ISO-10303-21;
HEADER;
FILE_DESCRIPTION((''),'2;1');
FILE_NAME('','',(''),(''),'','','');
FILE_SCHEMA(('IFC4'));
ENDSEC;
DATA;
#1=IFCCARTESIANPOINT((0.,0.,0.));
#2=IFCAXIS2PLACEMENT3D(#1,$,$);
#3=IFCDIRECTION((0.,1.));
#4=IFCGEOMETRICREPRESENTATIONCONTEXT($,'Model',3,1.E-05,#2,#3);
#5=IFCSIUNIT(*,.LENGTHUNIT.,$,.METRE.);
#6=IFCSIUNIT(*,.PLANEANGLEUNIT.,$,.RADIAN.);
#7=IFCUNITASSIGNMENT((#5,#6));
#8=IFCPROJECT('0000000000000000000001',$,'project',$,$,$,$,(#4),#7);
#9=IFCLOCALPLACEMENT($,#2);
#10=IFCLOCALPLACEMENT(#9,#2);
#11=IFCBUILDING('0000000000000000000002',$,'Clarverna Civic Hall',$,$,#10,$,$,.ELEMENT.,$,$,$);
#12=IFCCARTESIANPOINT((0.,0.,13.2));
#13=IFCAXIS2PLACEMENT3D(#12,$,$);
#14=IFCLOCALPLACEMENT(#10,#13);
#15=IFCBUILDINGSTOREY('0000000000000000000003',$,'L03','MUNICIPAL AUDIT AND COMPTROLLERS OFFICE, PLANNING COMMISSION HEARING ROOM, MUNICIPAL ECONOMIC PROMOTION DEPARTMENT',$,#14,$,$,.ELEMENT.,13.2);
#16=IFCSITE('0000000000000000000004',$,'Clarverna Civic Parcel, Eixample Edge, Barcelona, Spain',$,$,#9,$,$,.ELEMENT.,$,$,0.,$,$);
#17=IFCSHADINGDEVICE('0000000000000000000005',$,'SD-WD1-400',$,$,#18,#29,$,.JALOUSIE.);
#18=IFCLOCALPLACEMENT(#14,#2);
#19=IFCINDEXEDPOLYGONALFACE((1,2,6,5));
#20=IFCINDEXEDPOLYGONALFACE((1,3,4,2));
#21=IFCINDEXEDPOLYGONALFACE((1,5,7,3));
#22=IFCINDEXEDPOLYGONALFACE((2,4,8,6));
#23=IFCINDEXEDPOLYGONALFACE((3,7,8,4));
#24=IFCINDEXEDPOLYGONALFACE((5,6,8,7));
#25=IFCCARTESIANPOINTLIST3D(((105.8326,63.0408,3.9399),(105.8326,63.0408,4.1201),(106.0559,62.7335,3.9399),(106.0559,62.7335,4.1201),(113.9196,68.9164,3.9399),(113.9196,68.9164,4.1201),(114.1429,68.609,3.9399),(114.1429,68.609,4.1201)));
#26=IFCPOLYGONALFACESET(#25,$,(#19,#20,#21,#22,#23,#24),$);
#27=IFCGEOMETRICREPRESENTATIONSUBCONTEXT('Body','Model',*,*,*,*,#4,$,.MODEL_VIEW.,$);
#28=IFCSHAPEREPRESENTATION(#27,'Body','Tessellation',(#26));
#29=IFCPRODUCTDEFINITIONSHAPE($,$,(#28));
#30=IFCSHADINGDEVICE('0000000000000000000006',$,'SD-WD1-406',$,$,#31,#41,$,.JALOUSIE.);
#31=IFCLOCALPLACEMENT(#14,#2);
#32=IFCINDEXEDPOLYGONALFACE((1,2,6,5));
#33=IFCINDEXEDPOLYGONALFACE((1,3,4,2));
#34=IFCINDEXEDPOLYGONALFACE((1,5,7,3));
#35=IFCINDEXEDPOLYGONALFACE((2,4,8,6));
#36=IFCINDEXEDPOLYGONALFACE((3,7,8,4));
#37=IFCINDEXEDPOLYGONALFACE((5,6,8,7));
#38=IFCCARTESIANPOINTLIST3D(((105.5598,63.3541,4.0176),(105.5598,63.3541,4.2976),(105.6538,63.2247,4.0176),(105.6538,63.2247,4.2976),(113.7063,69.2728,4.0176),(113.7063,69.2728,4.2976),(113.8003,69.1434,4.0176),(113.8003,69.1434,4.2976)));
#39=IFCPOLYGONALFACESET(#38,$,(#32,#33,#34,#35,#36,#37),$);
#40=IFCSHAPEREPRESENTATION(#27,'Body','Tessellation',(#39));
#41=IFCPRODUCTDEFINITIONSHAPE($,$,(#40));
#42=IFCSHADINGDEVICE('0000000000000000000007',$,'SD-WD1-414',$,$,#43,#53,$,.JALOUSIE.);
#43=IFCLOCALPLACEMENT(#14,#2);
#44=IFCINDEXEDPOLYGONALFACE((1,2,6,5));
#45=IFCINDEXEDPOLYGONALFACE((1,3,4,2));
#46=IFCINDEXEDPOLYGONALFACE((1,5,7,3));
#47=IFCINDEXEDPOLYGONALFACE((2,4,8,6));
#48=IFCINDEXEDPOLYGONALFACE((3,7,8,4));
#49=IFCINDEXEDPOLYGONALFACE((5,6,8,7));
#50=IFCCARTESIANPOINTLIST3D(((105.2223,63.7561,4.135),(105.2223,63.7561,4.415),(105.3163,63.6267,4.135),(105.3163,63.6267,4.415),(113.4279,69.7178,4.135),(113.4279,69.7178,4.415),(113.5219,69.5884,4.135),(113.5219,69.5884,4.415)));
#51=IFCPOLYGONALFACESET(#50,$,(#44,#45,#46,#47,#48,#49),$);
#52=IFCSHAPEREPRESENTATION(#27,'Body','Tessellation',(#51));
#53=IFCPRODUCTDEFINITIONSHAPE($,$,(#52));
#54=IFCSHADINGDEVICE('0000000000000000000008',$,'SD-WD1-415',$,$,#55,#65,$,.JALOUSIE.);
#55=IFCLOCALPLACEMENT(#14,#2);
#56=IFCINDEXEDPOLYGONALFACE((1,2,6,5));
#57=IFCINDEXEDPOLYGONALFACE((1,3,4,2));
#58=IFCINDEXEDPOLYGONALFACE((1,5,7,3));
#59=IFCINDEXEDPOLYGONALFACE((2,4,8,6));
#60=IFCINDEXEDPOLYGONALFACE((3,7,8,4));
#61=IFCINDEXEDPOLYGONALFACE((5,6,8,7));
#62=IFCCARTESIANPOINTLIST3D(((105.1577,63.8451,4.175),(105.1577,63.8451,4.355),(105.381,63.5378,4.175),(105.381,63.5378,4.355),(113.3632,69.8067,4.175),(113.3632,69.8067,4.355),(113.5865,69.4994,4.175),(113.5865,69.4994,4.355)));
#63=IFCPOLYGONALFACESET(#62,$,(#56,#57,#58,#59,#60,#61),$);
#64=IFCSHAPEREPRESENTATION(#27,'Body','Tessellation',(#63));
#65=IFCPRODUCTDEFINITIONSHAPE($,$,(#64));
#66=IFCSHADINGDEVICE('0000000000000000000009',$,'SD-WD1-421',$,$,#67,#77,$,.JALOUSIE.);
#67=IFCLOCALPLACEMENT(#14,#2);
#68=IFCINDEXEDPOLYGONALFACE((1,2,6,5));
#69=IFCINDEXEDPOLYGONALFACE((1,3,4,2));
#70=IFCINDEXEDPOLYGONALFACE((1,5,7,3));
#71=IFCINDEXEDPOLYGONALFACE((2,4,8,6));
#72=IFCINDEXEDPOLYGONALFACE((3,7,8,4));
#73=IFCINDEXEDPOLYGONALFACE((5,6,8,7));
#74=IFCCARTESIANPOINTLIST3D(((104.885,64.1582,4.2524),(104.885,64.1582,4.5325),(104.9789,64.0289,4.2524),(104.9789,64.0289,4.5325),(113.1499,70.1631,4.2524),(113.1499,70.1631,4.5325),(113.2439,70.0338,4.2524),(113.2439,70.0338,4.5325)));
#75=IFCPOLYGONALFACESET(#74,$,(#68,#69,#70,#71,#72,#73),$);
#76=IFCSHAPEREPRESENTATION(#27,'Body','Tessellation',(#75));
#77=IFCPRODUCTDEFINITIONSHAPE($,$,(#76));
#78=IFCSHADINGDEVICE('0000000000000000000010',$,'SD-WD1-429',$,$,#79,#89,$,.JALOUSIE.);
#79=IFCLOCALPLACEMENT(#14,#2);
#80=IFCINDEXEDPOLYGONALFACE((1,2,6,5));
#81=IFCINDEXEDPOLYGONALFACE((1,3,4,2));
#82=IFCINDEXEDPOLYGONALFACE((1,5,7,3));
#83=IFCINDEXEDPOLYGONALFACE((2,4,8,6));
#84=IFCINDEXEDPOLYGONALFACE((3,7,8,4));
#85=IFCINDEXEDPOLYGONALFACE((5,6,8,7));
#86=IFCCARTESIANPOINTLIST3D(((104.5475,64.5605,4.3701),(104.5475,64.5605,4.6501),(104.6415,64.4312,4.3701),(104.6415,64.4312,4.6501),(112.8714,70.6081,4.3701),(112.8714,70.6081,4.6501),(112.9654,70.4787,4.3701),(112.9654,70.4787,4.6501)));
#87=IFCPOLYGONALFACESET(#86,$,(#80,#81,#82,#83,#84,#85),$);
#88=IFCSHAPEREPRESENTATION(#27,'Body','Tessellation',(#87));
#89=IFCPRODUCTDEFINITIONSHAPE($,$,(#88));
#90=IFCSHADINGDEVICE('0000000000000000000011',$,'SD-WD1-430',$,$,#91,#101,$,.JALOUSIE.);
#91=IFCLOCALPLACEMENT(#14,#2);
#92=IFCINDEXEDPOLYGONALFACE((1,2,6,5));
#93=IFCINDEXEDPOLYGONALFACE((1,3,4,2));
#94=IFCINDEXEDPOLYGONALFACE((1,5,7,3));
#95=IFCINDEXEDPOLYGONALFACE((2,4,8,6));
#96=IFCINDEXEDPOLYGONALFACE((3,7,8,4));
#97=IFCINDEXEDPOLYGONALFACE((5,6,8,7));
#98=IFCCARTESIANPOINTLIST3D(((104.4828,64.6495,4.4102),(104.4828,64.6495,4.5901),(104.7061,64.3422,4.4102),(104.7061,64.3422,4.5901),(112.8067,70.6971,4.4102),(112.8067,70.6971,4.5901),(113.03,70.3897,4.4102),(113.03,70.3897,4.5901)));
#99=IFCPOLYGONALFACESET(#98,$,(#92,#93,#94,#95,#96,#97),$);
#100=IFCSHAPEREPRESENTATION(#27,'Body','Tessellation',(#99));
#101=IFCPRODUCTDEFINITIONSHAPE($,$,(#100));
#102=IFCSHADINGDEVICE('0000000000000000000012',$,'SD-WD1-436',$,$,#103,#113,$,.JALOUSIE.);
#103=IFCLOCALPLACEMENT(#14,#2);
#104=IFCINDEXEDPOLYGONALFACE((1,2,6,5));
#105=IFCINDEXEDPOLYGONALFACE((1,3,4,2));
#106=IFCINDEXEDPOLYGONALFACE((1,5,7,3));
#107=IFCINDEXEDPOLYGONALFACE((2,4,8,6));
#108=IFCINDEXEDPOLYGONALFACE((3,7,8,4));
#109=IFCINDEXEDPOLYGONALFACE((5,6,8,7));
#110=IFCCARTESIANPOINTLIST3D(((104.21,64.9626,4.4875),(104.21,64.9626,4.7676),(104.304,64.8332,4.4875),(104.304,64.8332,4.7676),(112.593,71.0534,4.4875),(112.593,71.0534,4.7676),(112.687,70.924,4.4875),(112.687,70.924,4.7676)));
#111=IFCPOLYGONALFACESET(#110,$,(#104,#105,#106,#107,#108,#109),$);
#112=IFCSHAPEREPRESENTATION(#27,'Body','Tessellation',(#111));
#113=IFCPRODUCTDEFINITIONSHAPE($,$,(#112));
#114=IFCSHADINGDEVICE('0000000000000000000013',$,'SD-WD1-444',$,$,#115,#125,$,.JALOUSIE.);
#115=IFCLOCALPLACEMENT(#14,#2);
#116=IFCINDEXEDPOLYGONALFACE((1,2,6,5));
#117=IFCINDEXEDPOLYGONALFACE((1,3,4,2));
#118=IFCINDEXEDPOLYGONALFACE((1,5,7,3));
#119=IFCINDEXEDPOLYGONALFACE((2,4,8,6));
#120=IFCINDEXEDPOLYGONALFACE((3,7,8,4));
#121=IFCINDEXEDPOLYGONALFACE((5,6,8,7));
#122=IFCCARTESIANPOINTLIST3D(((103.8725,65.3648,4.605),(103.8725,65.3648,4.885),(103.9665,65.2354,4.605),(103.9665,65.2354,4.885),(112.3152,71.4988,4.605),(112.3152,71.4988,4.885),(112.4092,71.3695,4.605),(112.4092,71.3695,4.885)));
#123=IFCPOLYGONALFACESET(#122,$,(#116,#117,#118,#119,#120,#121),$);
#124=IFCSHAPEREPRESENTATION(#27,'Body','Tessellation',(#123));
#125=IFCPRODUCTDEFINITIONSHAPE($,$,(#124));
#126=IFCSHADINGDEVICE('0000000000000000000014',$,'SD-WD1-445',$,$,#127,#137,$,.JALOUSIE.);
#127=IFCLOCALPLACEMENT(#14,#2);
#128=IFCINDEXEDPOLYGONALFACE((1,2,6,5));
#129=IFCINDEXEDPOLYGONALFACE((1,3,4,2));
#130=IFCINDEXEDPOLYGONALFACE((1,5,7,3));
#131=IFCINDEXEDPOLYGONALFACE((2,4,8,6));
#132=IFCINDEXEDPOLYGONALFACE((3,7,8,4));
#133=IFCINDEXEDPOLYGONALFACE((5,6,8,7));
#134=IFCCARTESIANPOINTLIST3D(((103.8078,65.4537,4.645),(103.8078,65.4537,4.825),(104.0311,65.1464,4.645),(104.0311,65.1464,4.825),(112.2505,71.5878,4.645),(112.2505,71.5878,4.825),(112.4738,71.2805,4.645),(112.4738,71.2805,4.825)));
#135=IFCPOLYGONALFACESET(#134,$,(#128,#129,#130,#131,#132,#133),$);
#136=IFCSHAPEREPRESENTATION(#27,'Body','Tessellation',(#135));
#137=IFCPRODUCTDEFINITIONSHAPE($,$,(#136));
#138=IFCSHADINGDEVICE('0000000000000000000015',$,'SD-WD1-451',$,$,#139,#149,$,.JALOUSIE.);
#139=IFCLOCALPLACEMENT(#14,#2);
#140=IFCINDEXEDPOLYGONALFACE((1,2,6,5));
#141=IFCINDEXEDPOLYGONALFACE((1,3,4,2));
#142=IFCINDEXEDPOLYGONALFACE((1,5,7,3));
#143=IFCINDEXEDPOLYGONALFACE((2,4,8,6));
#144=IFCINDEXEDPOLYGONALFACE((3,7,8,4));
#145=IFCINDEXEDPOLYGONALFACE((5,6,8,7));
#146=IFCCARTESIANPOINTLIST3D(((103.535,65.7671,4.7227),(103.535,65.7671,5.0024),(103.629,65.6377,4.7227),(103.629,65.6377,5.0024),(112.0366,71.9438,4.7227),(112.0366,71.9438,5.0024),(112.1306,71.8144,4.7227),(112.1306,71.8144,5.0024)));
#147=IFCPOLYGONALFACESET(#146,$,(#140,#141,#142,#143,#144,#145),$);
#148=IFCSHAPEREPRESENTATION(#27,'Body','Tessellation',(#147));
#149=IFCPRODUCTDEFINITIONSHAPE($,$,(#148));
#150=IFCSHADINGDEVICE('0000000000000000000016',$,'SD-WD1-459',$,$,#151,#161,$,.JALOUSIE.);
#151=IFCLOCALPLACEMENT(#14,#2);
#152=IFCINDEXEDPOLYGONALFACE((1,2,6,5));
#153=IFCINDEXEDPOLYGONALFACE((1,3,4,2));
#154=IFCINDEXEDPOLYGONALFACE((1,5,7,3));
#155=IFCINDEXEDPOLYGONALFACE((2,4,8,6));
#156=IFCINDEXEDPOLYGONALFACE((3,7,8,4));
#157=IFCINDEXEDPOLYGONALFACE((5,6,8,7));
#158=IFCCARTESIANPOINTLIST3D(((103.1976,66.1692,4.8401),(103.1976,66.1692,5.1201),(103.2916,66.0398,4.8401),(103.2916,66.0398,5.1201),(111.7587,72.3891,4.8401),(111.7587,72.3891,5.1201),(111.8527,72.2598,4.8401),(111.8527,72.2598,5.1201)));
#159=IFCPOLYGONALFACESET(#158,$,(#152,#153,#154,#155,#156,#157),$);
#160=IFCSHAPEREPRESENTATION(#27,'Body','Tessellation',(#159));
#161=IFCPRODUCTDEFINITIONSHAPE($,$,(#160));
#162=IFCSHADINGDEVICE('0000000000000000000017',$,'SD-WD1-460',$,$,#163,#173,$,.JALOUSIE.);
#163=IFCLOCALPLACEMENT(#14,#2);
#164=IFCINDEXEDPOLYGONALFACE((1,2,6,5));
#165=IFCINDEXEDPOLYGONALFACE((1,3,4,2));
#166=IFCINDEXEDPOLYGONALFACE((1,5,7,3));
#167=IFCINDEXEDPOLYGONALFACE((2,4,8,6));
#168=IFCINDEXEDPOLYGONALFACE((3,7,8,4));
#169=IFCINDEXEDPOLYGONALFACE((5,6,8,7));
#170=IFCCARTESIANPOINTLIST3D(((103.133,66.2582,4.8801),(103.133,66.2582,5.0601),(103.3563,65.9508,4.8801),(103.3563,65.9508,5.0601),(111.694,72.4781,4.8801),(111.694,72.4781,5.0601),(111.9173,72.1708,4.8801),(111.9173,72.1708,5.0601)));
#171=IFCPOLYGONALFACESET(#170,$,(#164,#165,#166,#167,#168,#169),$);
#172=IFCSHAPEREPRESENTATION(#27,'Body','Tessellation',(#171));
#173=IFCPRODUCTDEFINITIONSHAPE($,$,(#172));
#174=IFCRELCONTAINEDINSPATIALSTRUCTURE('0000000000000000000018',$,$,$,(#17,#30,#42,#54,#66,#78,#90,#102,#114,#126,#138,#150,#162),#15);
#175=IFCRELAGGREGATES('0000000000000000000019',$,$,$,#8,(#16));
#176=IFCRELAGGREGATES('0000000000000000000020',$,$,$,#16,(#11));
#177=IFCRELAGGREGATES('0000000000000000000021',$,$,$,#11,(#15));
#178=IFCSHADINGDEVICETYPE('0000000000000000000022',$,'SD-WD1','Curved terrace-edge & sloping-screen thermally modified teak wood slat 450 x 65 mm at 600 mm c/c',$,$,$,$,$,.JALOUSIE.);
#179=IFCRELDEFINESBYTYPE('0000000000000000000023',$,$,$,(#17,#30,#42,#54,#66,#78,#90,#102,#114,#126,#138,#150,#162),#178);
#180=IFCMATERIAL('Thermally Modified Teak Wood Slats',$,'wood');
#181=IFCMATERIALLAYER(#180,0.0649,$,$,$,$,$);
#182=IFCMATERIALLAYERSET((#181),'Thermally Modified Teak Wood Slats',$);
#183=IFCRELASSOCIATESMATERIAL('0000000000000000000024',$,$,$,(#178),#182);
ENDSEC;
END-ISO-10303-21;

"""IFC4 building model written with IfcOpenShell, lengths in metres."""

from ifc_helpers import new_model, si_unit, direction, frame, frame_2d, origin, place, context, subcontext, project, spatial, rectangle, extrude, material, layer, layer_set, type_object, element, save


model = new_model("IFC4")

# Units and contexts
model_context = context("Model", 3, precision=1e-05, world=origin(), true_north=direction((0.0, 1.0)))
body_context = subcontext(model_context, "Body", "Model", "MODEL_VIEW")
ifc_project = project(units=[si_unit("LENGTHUNIT", "METRE"), si_unit("PLANEANGLEUNIT", "RADIAN")], contexts=[model_context])

# Site, building, storey
site_placement = place(None, origin())
site = spatial("IfcSite", under=ifc_project, at=site_placement, Name="Clarverna Civic Parcel, Eixample Edge, Barcelona, Spain", CompositionType="ELEMENT", RefElevation=0.0)
building_placement = place(site_placement, origin())
building = spatial("IfcBuilding", under=site, at=building_placement, Name="Clarverna Civic Hall", CompositionType="ELEMENT")
storey_placement = place(building_placement, frame((0.0, 0.0, 13.2)))
storey = spatial("IfcBuildingStorey", under=building, at=storey_placement, Name="L03", Description="MUNICIPAL AUDIT AND COMPTROLLERS OFFICE, PLANNING COMMISSION HEARING ROOM, MUNICIPAL ECONOMIC PROMOTION DEPARTMENT", CompositionType="ELEMENT", Elevation=13.2)

# Shading devices
ifc_material_1 = material(Name="Thermally Modified Teak Wood Slats", Category="wood")
ifc_layer_1 = layer(ifc_material_1, 0.0649)
ifc_layer_set_1 = layer_set([ifc_layer_1], Name="Thermally Modified Teak Wood Slats")
shading_device_type = type_object("IfcShadingDeviceType", Name="SD-WD1", Description="Curved terrace-edge & sloping-screen thermally modified teak wood slat 450 x 65 mm at 600 mm c/c", PredefinedType="JALOUSIE", material=ifc_layer_set_1)
shading_device_1_placement = place(storey_placement, frame((114.0312, 68.7627, 3.9399), z_axis=(0.0, 0.0, 1.0), x_axis=(-0.809017, -0.587785, 0.0)))
element("IfcShadingDevice", 1, at=shading_device_1_placement, inside=storey, type_object=shading_device_type, Name="SD-WD1-400", PredefinedType="JALOUSIE", context=body_context, shape_type="SweptSolid", body=[
    extrude(rectangle(XDim=9.9961, YDim=0.3799, at=frame_2d((4.998, 0.0))), origin(), (0.0, 0.0, 1.0), 0.1802),
])
shading_device_2_placement = place(storey_placement, frame((113.7532, 69.208, 4.0176), z_axis=(0.0, 0.0, 1.0), x_axis=(-0.80902, -0.587781, 0.0)))
element("IfcShadingDevice", 2, at=shading_device_2_placement, inside=storey, type_object=shading_device_type, Name="SD-WD1-406", PredefinedType="JALOUSIE", context=body_context, shape_type="SweptSolid", body=[
    extrude(rectangle(XDim=10.0696, YDim=0.1599, at=frame_2d((5.0347, 0.0))), origin(), (0.0, 0.0, 1.0), 0.28),
])
shading_device_3_placement = place(storey_placement, frame((113.4749, 69.6531, 4.135), z_axis=(0.0, 0.0, 1.0), x_axis=(-0.809018, -0.587784, 0.0)))
element("IfcShadingDevice", 3, at=shading_device_3_placement, inside=storey, type_object=shading_device_type, Name="SD-WD1-414", PredefinedType="JALOUSIE", context=body_context, shape_type="SweptSolid", body=[
    extrude(rectangle(XDim=10.1426, YDim=0.1599, at=frame_2d((5.0713, 0.0))), origin(), (0.0, 0.0, 1.0), 0.28),
])
shading_device_4_placement = place(storey_placement, frame((113.4749, 69.6531, 4.175), z_axis=(0.0, 0.0, 1.0), x_axis=(-0.809018, -0.587784, 0.0)))
element("IfcShadingDevice", 4, at=shading_device_4_placement, inside=storey, type_object=shading_device_type, Name="SD-WD1-415", PredefinedType="JALOUSIE", context=body_context, shape_type="SweptSolid", body=[
    extrude(rectangle(XDim=10.1426, YDim=0.3799, at=frame_2d((5.0713, 0.0))), origin(), (0.0, 0.0, 1.0), 0.1799),
])
shading_device_5_placement = place(storey_placement, frame((113.1968, 70.0984, 4.2524), z_axis=(0.0, 0.0, 1.0), x_axis=(-0.809013, -0.587791, 0.0)))
element("IfcShadingDevice", 5, at=shading_device_5_placement, inside=storey, type_object=shading_device_type, Name="SD-WD1-421", PredefinedType="JALOUSIE", context=body_context, shape_type="SweptSolid", body=[
    extrude(rectangle(XDim=10.2161, YDim=0.1599, at=frame_2d((5.1079, 0.0))), origin(), (0.0, 0.0, 1.0), 0.28),
])
shading_device_6_placement = place(storey_placement, frame((112.9185, 70.5435, 4.3701), z_axis=(0.0, 0.0, 1.0), x_axis=(-0.809022, -0.587778, 0.0)))
element("IfcShadingDevice", 6, at=shading_device_6_placement, inside=storey, type_object=shading_device_type, Name="SD-WD1-429", PredefinedType="JALOUSIE", context=body_context, shape_type="SweptSolid", body=[
    extrude(rectangle(XDim=10.2888, YDim=0.1599, at=frame_2d((5.1445, 0.0))), origin(), (0.0, 0.0, 1.0), 0.28),
])
shading_device_7_placement = place(storey_placement, frame((112.9185, 70.5435, 4.4102), z_axis=(0.0, 0.0, 1.0), x_axis=(-0.809022, -0.587778, 0.0)))
element("IfcShadingDevice", 7, at=shading_device_7_placement, inside=storey, type_object=shading_device_type, Name="SD-WD1-430", PredefinedType="JALOUSIE", context=body_context, shape_type="SweptSolid", body=[
    extrude(rectangle(XDim=10.2888, YDim=0.3799, at=frame_2d((5.1445, 0.0))), origin(), (0.0, 0.0, 1.0), 0.1799),
])
shading_device_8_placement = place(storey_placement, frame((112.6401, 70.9888, 4.4875), z_axis=(0.0, 0.0, 1.0), x_axis=(-0.809009, -0.587796, 0.0)))
element("IfcShadingDevice", 8, at=shading_device_8_placement, inside=storey, type_object=shading_device_type, Name="SD-WD1-436", PredefinedType="JALOUSIE", context=body_context, shape_type="SweptSolid", body=[
    extrude(rectangle(XDim=10.3621, YDim=0.1599, at=frame_2d((5.1812, 0.0))), origin(), (0.0, 0.0, 1.0), 0.28),
])
shading_device_9_placement = place(storey_placement, frame((112.3621, 71.4341, 4.605), z_axis=(0.0, 0.0, 1.0), x_axis=(-0.809012, -0.587792, 0.0)))
element("IfcShadingDevice", 9, at=shading_device_9_placement, inside=storey, type_object=shading_device_type, Name="SD-WD1-444", PredefinedType="JALOUSIE", context=body_context, shape_type="SweptSolid", body=[
    extrude(rectangle(XDim=10.4358, YDim=0.1599, at=frame_2d((5.2178, 0.0))), origin(), (0.0, 0.0, 1.0), 0.28),
])
shading_device_10_placement = place(storey_placement, frame((112.3621, 71.4341, 4.645), z_axis=(0.0, 0.0, 1.0), x_axis=(-0.809012, -0.587792, 0.0)))
element("IfcShadingDevice", 10, at=shading_device_10_placement, inside=storey, type_object=shading_device_type, Name="SD-WD1-445", PredefinedType="JALOUSIE", context=body_context, shape_type="SweptSolid", body=[
    extrude(rectangle(XDim=10.4358, YDim=0.3799, at=frame_2d((5.2178, 0.0))), origin(), (0.0, 0.0, 1.0), 0.1799),
])
shading_device_11_placement = place(storey_placement, frame((112.0837, 71.8792, 4.7227), z_axis=(0.0, 0.0, 1.0), x_axis=(-0.809021, -0.587779, 0.0)))
element("IfcShadingDevice", 11, at=shading_device_11_placement, inside=storey, type_object=shading_device_type, Name="SD-WD1-451", PredefinedType="JALOUSIE", context=body_context, shape_type="SweptSolid", body=[
    extrude(rectangle(XDim=10.5085, YDim=0.1599, at=frame_2d((5.2544, 0.0))), origin(), (0.0, 0.0, 1.0), 0.2798),
])
shading_device_12_placement = place(storey_placement, frame((111.8057, 72.3245, 4.8401), z_axis=(0.0, 0.0, 1.0), x_axis=(-0.809016, -0.587786, 0.0)))
element("IfcShadingDevice", 12, at=shading_device_12_placement, inside=storey, type_object=shading_device_type, Name="SD-WD1-459", PredefinedType="JALOUSIE", context=body_context, shape_type="SweptSolid", body=[
    extrude(rectangle(XDim=10.582, YDim=0.1599, at=frame_2d((5.291, 0.0))), origin(), (0.0, 0.0, 1.0), 0.28),
])
shading_device_13_placement = place(storey_placement, frame((111.8057, 72.3245, 4.8801), z_axis=(0.0, 0.0, 1.0), x_axis=(-0.809016, -0.587786, 0.0)))
element("IfcShadingDevice", 13, at=shading_device_13_placement, inside=storey, type_object=shading_device_type, Name="SD-WD1-460", PredefinedType="JALOUSIE", context=body_context, shape_type="SweptSolid", body=[
    extrude(rectangle(XDim=10.582, YDim=0.3799, at=frame_2d((5.291, 0.0))), origin(), (0.0, 0.0, 1.0), 0.1799),
])

save(model, "model.ifc")
